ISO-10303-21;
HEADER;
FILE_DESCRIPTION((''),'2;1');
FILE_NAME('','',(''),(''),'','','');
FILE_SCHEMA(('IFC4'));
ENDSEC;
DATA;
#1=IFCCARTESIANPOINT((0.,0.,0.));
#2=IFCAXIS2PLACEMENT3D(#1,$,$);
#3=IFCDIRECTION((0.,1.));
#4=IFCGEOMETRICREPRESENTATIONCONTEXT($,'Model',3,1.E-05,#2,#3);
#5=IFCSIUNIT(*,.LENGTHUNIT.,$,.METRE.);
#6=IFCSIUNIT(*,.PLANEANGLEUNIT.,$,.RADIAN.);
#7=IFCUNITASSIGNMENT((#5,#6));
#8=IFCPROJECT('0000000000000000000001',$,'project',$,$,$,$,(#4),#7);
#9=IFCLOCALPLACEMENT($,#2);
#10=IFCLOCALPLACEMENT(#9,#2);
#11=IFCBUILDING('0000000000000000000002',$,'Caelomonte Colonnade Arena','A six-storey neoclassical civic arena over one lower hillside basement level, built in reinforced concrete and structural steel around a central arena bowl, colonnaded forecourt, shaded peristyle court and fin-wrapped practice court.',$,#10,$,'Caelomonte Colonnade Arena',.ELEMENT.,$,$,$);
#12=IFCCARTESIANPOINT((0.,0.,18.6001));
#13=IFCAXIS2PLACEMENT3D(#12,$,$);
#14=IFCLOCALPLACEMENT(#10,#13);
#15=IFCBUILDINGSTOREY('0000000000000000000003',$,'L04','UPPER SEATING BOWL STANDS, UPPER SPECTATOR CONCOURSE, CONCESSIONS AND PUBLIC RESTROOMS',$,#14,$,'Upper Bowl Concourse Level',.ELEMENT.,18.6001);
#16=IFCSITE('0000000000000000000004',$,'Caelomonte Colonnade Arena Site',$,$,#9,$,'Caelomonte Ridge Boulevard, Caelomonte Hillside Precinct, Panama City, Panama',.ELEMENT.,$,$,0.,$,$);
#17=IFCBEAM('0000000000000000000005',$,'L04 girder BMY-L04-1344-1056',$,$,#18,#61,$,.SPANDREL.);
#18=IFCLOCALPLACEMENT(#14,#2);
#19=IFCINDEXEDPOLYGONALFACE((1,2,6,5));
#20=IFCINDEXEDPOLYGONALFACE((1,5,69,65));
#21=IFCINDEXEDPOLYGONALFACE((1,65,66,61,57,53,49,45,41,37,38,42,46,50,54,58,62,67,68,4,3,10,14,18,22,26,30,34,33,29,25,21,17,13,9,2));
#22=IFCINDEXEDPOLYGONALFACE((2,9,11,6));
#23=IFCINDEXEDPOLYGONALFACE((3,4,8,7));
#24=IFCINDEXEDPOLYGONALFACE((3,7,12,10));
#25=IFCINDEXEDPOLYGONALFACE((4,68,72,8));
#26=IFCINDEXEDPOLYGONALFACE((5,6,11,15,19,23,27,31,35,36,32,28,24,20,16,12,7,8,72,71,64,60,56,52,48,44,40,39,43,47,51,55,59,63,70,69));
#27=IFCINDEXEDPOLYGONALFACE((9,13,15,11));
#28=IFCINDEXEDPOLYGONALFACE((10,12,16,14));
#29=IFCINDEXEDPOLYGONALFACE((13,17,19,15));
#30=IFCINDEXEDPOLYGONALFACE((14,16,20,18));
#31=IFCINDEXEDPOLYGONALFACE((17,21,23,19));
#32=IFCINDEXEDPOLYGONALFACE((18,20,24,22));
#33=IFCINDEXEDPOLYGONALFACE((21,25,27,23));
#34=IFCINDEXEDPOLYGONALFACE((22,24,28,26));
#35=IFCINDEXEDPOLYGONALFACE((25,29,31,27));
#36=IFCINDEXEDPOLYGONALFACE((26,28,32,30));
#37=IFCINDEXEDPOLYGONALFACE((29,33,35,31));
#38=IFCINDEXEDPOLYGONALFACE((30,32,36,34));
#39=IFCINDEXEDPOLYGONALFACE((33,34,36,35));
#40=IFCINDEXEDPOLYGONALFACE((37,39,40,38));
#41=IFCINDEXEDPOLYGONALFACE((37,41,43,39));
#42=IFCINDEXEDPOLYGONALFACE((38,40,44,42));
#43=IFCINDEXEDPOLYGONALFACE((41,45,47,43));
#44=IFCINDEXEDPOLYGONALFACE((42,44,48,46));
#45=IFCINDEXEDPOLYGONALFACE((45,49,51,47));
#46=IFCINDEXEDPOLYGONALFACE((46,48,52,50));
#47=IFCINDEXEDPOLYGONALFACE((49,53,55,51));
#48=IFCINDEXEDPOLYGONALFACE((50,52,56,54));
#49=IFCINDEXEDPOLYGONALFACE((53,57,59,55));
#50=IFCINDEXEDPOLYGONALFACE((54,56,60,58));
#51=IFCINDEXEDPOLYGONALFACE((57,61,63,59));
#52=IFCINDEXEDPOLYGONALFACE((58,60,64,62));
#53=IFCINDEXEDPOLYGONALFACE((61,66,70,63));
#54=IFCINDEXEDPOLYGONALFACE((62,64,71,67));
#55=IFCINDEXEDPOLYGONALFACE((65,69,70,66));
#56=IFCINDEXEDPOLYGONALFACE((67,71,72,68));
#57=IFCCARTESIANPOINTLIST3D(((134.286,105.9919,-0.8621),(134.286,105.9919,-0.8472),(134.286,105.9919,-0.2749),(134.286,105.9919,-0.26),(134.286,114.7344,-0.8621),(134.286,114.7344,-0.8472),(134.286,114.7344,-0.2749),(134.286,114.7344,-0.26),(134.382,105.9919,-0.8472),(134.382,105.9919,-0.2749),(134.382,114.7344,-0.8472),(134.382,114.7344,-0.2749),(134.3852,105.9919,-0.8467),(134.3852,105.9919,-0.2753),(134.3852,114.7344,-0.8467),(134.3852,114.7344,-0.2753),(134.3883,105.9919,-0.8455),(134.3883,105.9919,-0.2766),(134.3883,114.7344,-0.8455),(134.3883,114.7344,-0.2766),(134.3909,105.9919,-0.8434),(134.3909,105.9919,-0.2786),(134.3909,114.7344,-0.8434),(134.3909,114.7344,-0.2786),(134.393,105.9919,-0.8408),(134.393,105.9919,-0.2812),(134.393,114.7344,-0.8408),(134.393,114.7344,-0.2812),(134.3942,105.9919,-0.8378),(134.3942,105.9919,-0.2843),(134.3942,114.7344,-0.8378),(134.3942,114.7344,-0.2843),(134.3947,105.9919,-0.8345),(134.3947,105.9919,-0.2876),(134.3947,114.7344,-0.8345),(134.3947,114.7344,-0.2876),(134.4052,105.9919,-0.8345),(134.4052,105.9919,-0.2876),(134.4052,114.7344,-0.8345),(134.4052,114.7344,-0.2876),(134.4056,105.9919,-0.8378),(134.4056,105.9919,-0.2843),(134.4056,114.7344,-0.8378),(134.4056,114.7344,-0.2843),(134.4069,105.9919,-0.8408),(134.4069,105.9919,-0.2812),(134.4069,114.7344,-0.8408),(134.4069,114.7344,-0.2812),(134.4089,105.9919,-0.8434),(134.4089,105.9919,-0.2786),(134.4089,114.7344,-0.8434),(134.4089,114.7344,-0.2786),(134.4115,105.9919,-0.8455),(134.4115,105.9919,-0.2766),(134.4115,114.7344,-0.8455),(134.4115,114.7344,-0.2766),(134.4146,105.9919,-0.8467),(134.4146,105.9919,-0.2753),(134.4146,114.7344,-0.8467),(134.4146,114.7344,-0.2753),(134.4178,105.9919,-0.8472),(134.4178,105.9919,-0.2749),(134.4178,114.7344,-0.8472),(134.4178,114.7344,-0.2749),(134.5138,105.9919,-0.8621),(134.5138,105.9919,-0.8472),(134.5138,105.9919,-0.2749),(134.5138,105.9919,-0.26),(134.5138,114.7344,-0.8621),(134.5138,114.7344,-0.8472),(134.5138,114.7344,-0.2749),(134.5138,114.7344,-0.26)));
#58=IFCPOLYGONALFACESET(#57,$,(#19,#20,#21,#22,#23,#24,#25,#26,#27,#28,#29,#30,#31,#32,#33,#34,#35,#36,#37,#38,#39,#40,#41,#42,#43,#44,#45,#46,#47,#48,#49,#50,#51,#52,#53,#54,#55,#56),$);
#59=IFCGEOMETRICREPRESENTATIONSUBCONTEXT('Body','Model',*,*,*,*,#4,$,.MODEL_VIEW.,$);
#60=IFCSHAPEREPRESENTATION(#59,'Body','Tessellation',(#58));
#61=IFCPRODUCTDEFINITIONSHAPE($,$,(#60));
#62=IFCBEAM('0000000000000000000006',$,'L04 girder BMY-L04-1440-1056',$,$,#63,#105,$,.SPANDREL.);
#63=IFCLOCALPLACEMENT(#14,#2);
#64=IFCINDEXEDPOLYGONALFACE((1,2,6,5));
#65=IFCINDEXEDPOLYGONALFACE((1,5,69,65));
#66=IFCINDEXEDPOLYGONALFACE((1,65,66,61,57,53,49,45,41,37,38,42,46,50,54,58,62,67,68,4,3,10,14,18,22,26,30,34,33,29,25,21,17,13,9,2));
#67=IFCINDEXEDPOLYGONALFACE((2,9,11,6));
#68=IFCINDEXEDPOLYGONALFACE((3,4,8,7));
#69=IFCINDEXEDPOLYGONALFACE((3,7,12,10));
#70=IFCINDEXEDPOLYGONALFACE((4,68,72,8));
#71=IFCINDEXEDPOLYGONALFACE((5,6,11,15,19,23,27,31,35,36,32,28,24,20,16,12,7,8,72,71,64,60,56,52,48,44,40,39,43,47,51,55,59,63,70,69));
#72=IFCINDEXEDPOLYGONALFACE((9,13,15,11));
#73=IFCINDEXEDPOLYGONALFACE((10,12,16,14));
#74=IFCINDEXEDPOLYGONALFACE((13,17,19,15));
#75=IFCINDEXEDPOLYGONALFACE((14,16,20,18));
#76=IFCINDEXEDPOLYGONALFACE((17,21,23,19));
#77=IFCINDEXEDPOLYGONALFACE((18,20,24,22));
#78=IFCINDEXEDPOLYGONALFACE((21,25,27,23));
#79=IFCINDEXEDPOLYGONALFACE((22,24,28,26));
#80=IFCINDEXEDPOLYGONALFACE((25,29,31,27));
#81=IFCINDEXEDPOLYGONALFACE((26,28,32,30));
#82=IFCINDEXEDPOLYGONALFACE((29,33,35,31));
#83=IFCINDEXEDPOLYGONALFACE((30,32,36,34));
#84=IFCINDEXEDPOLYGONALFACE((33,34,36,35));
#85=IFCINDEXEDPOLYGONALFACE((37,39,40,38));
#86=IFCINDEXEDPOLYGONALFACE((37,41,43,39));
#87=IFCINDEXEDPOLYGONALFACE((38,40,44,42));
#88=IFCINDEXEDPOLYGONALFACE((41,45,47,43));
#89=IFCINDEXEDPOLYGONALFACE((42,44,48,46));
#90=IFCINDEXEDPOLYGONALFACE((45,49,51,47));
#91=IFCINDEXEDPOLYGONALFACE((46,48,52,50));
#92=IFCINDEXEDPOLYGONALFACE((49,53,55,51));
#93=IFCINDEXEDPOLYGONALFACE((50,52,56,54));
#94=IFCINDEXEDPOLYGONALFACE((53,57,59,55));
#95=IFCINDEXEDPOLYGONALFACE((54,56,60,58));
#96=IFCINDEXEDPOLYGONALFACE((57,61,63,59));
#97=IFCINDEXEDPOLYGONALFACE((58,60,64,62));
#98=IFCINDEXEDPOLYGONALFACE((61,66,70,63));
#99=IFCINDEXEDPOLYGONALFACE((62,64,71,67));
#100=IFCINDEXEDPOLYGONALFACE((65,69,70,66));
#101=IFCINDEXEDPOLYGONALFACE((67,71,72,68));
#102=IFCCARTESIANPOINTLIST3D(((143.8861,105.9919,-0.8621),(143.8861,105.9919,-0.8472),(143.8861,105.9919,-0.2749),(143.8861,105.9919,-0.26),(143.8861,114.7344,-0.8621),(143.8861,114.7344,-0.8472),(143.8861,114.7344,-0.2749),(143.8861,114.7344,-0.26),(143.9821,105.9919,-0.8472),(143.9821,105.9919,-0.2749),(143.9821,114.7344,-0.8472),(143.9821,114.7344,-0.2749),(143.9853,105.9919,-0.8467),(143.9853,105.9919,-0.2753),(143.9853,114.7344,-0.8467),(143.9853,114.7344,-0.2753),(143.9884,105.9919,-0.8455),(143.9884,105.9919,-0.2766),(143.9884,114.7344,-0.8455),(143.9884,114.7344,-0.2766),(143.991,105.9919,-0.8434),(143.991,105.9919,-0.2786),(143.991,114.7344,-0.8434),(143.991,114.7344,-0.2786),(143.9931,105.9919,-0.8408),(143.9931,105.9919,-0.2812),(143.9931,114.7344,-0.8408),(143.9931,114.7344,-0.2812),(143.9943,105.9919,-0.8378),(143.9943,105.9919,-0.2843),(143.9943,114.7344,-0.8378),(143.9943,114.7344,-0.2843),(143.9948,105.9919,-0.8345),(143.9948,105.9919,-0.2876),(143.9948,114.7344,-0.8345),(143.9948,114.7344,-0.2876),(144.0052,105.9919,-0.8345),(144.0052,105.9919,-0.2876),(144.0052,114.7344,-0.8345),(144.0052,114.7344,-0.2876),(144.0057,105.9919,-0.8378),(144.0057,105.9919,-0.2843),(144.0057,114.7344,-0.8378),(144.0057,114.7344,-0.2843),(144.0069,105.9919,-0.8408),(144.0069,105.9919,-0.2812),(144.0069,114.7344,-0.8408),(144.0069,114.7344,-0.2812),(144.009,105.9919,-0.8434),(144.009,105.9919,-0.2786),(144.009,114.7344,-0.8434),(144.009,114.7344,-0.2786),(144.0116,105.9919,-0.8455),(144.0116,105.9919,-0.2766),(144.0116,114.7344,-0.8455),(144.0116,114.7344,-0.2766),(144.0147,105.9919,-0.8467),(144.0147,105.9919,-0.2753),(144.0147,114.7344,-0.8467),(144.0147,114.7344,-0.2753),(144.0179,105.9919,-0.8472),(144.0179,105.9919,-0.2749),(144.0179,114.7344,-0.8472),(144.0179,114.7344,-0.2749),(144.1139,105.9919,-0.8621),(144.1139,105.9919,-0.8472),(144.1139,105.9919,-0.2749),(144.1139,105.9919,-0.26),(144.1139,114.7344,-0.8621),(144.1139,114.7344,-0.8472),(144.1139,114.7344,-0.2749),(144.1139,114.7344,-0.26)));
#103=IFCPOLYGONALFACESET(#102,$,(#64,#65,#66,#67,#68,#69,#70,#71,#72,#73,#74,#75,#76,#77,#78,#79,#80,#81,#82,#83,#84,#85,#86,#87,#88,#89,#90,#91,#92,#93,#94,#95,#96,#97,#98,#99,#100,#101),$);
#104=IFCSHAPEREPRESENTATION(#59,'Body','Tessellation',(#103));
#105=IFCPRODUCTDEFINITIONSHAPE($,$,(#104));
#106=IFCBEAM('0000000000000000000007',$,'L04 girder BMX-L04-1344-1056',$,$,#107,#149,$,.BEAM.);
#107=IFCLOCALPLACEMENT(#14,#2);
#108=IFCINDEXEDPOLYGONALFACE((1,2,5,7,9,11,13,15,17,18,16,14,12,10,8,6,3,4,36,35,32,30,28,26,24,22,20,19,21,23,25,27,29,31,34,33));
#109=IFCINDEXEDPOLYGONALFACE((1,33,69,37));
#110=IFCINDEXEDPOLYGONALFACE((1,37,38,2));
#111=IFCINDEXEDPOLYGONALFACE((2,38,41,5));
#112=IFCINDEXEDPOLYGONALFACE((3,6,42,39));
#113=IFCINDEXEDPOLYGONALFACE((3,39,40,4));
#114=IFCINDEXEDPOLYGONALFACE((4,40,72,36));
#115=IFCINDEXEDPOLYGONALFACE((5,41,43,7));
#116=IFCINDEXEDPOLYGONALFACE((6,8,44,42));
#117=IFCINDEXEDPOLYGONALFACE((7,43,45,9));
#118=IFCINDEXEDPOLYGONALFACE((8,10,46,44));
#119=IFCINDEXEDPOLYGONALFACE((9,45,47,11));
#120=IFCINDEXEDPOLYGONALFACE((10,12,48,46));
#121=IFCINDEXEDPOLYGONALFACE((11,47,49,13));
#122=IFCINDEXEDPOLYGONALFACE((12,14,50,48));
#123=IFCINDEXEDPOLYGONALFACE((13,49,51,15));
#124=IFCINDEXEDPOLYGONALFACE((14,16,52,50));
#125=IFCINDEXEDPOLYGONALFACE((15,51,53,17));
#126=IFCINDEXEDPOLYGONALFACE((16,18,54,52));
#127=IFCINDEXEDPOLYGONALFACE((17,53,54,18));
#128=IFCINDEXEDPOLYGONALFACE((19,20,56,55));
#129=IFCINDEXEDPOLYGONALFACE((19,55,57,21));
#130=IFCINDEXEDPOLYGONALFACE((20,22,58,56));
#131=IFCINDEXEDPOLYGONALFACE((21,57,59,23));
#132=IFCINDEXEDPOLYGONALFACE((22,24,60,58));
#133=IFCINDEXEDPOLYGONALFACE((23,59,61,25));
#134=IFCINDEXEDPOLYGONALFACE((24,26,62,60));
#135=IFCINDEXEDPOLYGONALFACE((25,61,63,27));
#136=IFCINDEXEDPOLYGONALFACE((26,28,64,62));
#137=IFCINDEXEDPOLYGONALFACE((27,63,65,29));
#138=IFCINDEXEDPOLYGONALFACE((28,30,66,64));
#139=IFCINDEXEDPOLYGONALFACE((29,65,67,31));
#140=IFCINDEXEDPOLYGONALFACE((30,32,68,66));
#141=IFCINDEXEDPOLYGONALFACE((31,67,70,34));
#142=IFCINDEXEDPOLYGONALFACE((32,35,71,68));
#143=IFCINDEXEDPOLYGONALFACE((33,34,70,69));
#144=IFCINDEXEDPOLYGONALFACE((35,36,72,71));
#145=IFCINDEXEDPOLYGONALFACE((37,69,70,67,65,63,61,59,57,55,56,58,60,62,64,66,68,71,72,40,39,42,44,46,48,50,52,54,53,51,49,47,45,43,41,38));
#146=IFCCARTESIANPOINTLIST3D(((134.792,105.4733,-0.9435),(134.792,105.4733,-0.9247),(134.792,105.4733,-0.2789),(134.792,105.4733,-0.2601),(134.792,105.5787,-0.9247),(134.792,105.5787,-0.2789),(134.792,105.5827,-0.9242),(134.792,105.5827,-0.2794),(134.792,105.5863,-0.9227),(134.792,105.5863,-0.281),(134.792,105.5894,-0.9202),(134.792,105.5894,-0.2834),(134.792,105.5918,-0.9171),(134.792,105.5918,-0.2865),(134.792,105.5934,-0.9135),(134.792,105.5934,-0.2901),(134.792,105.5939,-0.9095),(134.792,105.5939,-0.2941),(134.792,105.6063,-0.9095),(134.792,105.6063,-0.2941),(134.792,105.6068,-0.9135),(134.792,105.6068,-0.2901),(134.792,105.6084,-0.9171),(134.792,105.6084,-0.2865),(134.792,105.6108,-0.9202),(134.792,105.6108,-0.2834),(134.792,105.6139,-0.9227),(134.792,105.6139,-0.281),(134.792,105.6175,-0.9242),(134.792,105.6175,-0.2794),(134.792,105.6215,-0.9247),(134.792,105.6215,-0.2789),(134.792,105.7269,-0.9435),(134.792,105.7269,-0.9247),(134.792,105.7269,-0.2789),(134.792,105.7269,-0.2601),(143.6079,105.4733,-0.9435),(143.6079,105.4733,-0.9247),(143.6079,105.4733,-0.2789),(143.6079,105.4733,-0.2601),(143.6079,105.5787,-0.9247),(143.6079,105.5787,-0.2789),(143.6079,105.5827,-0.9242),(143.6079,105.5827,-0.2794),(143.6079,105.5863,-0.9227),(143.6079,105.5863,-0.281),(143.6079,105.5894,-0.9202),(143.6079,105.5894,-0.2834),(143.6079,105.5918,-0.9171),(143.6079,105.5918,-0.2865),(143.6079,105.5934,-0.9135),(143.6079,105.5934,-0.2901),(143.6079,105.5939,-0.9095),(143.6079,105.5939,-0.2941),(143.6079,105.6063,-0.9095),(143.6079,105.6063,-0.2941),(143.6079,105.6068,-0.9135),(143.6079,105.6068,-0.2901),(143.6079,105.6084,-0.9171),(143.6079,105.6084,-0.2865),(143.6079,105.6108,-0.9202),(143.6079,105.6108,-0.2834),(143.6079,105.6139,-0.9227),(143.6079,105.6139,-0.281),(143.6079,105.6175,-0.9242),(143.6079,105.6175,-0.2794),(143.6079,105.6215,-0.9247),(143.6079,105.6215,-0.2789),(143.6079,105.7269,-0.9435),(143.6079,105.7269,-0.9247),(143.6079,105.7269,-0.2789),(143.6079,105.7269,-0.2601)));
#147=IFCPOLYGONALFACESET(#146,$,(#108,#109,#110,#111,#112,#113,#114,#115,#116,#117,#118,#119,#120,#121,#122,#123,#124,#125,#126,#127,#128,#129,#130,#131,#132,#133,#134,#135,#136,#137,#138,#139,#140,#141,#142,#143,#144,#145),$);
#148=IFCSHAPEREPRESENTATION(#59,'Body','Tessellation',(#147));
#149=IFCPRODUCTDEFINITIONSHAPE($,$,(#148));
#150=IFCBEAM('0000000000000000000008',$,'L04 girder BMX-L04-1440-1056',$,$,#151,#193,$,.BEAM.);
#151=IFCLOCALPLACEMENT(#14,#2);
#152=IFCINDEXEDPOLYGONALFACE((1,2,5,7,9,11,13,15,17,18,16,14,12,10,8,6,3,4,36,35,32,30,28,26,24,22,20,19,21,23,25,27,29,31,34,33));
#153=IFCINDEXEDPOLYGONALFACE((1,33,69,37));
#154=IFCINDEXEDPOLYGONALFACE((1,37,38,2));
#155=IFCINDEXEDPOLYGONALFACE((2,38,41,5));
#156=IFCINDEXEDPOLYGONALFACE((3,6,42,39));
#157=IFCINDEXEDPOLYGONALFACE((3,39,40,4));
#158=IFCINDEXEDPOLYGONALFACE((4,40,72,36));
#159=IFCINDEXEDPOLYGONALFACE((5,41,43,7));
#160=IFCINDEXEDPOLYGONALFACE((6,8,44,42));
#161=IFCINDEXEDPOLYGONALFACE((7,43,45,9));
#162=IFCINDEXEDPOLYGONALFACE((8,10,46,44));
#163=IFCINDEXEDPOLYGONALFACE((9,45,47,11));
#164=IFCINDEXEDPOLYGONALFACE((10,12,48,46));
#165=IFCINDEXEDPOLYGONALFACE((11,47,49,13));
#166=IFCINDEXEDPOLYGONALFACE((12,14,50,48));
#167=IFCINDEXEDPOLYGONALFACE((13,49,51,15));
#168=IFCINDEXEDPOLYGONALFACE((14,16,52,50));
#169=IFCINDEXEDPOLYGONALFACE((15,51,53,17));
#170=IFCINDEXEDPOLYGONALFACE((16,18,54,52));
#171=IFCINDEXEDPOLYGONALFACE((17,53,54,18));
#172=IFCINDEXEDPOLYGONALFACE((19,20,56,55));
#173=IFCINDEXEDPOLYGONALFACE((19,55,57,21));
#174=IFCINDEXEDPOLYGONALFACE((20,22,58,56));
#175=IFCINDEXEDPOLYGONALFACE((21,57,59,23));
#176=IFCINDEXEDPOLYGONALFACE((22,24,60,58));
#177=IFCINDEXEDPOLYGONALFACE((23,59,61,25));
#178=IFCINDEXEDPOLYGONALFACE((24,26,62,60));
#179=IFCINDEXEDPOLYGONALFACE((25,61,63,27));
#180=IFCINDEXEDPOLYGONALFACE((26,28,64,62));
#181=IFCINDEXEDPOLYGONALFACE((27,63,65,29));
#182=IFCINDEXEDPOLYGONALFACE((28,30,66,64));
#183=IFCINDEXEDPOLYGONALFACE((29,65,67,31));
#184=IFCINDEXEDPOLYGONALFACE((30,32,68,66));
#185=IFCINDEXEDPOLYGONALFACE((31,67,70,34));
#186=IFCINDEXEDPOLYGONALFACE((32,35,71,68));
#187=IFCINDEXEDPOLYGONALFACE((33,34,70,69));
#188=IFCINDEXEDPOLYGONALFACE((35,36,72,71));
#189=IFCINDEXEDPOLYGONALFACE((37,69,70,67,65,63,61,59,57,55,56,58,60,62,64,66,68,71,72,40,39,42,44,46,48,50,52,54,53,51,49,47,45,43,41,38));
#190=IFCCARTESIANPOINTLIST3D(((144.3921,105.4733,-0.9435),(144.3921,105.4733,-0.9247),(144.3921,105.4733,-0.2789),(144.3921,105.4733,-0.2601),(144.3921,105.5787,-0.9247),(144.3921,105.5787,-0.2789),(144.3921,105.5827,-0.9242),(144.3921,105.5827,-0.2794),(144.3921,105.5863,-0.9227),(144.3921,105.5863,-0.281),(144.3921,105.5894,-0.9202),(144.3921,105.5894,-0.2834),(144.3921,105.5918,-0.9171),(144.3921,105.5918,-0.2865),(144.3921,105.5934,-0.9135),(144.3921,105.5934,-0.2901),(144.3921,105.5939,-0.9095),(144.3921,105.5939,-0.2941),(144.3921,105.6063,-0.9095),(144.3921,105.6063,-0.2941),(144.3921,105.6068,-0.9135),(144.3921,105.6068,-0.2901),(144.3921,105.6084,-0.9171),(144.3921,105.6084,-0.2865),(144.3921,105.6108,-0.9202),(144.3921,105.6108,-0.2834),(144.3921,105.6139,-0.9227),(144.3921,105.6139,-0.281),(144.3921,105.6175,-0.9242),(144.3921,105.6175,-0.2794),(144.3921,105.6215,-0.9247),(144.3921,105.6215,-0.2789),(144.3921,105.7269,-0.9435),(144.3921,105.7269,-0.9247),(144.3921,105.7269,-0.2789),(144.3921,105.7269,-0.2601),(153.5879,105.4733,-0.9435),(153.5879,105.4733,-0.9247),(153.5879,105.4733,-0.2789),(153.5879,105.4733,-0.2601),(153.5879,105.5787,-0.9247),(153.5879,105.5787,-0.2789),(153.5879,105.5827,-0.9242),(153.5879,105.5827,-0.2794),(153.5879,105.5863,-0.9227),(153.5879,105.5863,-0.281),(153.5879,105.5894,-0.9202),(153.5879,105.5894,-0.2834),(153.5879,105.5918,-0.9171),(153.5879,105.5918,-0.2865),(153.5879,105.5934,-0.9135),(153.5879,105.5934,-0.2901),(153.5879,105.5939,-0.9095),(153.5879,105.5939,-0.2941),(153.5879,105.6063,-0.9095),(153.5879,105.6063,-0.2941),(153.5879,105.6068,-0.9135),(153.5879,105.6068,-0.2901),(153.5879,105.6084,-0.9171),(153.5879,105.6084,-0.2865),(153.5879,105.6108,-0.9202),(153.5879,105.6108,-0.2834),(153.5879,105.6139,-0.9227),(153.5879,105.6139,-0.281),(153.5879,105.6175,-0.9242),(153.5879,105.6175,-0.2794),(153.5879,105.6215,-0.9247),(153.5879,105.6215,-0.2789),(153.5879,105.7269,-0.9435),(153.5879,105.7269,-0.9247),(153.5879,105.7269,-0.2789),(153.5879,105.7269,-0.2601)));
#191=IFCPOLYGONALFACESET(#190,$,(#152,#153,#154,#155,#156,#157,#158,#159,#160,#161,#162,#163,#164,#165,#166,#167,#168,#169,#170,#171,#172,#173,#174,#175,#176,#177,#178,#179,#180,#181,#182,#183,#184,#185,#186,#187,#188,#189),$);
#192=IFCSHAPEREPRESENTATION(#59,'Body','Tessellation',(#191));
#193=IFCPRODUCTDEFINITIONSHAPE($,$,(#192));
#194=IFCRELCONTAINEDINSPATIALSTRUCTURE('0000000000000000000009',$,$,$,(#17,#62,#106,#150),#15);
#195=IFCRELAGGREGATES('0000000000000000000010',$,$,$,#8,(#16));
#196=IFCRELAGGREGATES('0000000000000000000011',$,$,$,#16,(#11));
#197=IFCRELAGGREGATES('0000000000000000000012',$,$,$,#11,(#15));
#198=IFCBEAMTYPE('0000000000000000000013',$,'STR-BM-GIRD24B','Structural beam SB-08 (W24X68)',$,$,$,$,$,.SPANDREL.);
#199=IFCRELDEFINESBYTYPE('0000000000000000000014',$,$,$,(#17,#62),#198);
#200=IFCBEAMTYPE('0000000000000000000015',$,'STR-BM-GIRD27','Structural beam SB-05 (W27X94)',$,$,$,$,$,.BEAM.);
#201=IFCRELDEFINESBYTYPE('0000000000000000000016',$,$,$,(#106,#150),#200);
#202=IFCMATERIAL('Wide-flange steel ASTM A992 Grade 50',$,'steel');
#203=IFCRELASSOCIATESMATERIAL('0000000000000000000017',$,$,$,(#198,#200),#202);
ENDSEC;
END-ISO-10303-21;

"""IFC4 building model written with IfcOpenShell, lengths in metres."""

from ifc_helpers import new_model, si_unit, direction, frame, origin, origin_2d, place, context, subcontext, project, spatial, i_section, extrude, material, material_profile, profile_set, type_object, element, save


model = new_model("IFC4")

# Units and contexts
model_context = context("Model", 3, precision=1e-05, world=origin(), true_north=direction((0.0, 1.0)))
body_context = subcontext(model_context, "Body", "Model", "MODEL_VIEW")
ifc_project = project(units=[si_unit("LENGTHUNIT", "METRE"), si_unit("PLANEANGLEUNIT", "RADIAN")], contexts=[model_context])

# Site, building, storey
site_placement = place(None, origin())
site = spatial("IfcSite", under=ifc_project, at=site_placement, Name="Caelomonte Colonnade Arena Site", LongName="Caelomonte Ridge Boulevard, Caelomonte Hillside Precinct, Panama City, Panama", CompositionType="ELEMENT", RefElevation=0.0)
building_placement = place(site_placement, origin())
building = spatial("IfcBuilding", under=site, at=building_placement, Name="Caelomonte Colonnade Arena", Description="A six-storey neoclassical civic arena over one lower hillside basement level, built in reinforced concrete and structural steel around a central arena bowl, colonnaded forecourt, shaded peristyle court and fin-wrapped practice court.", LongName="Caelomonte Colonnade Arena", CompositionType="ELEMENT")
storey_placement = place(building_placement, frame((0.0, 0.0, 18.6001)))
storey = spatial("IfcBuildingStorey", under=building, at=storey_placement, Name="L04", Description="UPPER SEATING BOWL STANDS, UPPER SPECTATOR CONCOURSE, CONCESSIONS AND PUBLIC RESTROOMS", LongName="Upper Bowl Concourse Level", CompositionType="ELEMENT", Elevation=18.6001)

# Beams
ifc_material_1 = material(Name="Wide-flange steel ASTM A992 Grade 50", Category="steel")
ifc_material_profile_1 = material_profile(ifc_material_1, i_section(OverallWidth=0.2278, OverallDepth=0.6021, WebThickness=0.0105, FlangeThickness=0.0149, FilletRadius=0.0127, at=origin_2d()), Name="W24X68")
ifc_profile_set_1 = profile_set([ifc_material_profile_1], Name="Wide-flange steel ASTM A992 Grade 50")
beam_type_1 = type_object("IfcBeamType", Name="STR-BM-GIRD24B", Description="Structural beam SB-08 (W24X68)", PredefinedType="SPANDREL", material=ifc_profile_set_1)
for number, where, z_axis, x_axis, name in (
    (1, (134.3999, 105.9919, -0.561), (0.0, 1.0, 0.0), (-1.0, 0.0, 0.0), "L04 girder BMY-L04-1344-1056"),
    (2, (144.0, 105.9919, -0.561), (0.0, 1.0, 0.0), (-1.0, 0.0, 0.0), "L04 girder BMY-L04-1440-1056"),
):
    element("IfcBeam", number, at=place(storey_placement, frame(where, z_axis=z_axis, x_axis=x_axis)), inside=storey, type_object=beam_type_1, Name=name, PredefinedType="SPANDREL", context=body_context, shape_type="SweptSolid", body=[
        extrude(i_section(OverallWidth=0.2278, OverallDepth=0.6021, WebThickness=0.0105, FlangeThickness=0.0149, FilletRadius=0.0127, at=origin_2d()), origin(), (0.0, 0.0, 1.0), 8.7424),
    ])
ifc_material_profile_2 = material_profile(ifc_material_1, i_section(OverallWidth=0.2537, OverallDepth=0.6833, WebThickness=0.0125, FlangeThickness=0.0188, FilletRadius=0.0151, at=origin_2d()), Name="W27X94")
ifc_profile_set_2 = profile_set([ifc_material_profile_2], Name="Wide-flange steel ASTM A992 Grade 50")
beam_type_2 = type_object("IfcBeamType", Name="STR-BM-GIRD27", Description="Structural beam SB-05 (W27X94)", PredefinedType="BEAM", material=ifc_profile_set_2)
beam_1_placement = place(storey_placement, frame((134.792, 105.6001, -0.6018), z_axis=(1.0, 0.0, 0.0), x_axis=(0.0, 1.0, 0.0)))
element("IfcBeam", 3, at=beam_1_placement, inside=storey, type_object=beam_type_2, Name="L04 girder BMX-L04-1344-1056", PredefinedType="BEAM", context=body_context, shape_type="SweptSolid", body=[
    extrude(i_section(OverallWidth=0.2537, OverallDepth=0.6833, WebThickness=0.0125, FlangeThickness=0.0188, FilletRadius=0.0151, at=origin_2d()), origin(), (0.0, 0.0, 1.0), 8.8159),
])
beam_2_placement = place(storey_placement, frame((144.3921, 105.6001, -0.6018), z_axis=(1.0, 0.0, 0.0), x_axis=(0.0, 1.0, 0.0)))
element("IfcBeam", 4, at=beam_2_placement, inside=storey, type_object=beam_type_2, Name="L04 girder BMX-L04-1440-1056", PredefinedType="BEAM", context=body_context, shape_type="SweptSolid", body=[
    extrude(i_section(OverallWidth=0.2537, OverallDepth=0.6833, WebThickness=0.0125, FlangeThickness=0.0188, FilletRadius=0.0151, at=origin_2d()), origin(), (0.0, 0.0, 1.0), 9.1958),
])

save(model, "model.ifc")
